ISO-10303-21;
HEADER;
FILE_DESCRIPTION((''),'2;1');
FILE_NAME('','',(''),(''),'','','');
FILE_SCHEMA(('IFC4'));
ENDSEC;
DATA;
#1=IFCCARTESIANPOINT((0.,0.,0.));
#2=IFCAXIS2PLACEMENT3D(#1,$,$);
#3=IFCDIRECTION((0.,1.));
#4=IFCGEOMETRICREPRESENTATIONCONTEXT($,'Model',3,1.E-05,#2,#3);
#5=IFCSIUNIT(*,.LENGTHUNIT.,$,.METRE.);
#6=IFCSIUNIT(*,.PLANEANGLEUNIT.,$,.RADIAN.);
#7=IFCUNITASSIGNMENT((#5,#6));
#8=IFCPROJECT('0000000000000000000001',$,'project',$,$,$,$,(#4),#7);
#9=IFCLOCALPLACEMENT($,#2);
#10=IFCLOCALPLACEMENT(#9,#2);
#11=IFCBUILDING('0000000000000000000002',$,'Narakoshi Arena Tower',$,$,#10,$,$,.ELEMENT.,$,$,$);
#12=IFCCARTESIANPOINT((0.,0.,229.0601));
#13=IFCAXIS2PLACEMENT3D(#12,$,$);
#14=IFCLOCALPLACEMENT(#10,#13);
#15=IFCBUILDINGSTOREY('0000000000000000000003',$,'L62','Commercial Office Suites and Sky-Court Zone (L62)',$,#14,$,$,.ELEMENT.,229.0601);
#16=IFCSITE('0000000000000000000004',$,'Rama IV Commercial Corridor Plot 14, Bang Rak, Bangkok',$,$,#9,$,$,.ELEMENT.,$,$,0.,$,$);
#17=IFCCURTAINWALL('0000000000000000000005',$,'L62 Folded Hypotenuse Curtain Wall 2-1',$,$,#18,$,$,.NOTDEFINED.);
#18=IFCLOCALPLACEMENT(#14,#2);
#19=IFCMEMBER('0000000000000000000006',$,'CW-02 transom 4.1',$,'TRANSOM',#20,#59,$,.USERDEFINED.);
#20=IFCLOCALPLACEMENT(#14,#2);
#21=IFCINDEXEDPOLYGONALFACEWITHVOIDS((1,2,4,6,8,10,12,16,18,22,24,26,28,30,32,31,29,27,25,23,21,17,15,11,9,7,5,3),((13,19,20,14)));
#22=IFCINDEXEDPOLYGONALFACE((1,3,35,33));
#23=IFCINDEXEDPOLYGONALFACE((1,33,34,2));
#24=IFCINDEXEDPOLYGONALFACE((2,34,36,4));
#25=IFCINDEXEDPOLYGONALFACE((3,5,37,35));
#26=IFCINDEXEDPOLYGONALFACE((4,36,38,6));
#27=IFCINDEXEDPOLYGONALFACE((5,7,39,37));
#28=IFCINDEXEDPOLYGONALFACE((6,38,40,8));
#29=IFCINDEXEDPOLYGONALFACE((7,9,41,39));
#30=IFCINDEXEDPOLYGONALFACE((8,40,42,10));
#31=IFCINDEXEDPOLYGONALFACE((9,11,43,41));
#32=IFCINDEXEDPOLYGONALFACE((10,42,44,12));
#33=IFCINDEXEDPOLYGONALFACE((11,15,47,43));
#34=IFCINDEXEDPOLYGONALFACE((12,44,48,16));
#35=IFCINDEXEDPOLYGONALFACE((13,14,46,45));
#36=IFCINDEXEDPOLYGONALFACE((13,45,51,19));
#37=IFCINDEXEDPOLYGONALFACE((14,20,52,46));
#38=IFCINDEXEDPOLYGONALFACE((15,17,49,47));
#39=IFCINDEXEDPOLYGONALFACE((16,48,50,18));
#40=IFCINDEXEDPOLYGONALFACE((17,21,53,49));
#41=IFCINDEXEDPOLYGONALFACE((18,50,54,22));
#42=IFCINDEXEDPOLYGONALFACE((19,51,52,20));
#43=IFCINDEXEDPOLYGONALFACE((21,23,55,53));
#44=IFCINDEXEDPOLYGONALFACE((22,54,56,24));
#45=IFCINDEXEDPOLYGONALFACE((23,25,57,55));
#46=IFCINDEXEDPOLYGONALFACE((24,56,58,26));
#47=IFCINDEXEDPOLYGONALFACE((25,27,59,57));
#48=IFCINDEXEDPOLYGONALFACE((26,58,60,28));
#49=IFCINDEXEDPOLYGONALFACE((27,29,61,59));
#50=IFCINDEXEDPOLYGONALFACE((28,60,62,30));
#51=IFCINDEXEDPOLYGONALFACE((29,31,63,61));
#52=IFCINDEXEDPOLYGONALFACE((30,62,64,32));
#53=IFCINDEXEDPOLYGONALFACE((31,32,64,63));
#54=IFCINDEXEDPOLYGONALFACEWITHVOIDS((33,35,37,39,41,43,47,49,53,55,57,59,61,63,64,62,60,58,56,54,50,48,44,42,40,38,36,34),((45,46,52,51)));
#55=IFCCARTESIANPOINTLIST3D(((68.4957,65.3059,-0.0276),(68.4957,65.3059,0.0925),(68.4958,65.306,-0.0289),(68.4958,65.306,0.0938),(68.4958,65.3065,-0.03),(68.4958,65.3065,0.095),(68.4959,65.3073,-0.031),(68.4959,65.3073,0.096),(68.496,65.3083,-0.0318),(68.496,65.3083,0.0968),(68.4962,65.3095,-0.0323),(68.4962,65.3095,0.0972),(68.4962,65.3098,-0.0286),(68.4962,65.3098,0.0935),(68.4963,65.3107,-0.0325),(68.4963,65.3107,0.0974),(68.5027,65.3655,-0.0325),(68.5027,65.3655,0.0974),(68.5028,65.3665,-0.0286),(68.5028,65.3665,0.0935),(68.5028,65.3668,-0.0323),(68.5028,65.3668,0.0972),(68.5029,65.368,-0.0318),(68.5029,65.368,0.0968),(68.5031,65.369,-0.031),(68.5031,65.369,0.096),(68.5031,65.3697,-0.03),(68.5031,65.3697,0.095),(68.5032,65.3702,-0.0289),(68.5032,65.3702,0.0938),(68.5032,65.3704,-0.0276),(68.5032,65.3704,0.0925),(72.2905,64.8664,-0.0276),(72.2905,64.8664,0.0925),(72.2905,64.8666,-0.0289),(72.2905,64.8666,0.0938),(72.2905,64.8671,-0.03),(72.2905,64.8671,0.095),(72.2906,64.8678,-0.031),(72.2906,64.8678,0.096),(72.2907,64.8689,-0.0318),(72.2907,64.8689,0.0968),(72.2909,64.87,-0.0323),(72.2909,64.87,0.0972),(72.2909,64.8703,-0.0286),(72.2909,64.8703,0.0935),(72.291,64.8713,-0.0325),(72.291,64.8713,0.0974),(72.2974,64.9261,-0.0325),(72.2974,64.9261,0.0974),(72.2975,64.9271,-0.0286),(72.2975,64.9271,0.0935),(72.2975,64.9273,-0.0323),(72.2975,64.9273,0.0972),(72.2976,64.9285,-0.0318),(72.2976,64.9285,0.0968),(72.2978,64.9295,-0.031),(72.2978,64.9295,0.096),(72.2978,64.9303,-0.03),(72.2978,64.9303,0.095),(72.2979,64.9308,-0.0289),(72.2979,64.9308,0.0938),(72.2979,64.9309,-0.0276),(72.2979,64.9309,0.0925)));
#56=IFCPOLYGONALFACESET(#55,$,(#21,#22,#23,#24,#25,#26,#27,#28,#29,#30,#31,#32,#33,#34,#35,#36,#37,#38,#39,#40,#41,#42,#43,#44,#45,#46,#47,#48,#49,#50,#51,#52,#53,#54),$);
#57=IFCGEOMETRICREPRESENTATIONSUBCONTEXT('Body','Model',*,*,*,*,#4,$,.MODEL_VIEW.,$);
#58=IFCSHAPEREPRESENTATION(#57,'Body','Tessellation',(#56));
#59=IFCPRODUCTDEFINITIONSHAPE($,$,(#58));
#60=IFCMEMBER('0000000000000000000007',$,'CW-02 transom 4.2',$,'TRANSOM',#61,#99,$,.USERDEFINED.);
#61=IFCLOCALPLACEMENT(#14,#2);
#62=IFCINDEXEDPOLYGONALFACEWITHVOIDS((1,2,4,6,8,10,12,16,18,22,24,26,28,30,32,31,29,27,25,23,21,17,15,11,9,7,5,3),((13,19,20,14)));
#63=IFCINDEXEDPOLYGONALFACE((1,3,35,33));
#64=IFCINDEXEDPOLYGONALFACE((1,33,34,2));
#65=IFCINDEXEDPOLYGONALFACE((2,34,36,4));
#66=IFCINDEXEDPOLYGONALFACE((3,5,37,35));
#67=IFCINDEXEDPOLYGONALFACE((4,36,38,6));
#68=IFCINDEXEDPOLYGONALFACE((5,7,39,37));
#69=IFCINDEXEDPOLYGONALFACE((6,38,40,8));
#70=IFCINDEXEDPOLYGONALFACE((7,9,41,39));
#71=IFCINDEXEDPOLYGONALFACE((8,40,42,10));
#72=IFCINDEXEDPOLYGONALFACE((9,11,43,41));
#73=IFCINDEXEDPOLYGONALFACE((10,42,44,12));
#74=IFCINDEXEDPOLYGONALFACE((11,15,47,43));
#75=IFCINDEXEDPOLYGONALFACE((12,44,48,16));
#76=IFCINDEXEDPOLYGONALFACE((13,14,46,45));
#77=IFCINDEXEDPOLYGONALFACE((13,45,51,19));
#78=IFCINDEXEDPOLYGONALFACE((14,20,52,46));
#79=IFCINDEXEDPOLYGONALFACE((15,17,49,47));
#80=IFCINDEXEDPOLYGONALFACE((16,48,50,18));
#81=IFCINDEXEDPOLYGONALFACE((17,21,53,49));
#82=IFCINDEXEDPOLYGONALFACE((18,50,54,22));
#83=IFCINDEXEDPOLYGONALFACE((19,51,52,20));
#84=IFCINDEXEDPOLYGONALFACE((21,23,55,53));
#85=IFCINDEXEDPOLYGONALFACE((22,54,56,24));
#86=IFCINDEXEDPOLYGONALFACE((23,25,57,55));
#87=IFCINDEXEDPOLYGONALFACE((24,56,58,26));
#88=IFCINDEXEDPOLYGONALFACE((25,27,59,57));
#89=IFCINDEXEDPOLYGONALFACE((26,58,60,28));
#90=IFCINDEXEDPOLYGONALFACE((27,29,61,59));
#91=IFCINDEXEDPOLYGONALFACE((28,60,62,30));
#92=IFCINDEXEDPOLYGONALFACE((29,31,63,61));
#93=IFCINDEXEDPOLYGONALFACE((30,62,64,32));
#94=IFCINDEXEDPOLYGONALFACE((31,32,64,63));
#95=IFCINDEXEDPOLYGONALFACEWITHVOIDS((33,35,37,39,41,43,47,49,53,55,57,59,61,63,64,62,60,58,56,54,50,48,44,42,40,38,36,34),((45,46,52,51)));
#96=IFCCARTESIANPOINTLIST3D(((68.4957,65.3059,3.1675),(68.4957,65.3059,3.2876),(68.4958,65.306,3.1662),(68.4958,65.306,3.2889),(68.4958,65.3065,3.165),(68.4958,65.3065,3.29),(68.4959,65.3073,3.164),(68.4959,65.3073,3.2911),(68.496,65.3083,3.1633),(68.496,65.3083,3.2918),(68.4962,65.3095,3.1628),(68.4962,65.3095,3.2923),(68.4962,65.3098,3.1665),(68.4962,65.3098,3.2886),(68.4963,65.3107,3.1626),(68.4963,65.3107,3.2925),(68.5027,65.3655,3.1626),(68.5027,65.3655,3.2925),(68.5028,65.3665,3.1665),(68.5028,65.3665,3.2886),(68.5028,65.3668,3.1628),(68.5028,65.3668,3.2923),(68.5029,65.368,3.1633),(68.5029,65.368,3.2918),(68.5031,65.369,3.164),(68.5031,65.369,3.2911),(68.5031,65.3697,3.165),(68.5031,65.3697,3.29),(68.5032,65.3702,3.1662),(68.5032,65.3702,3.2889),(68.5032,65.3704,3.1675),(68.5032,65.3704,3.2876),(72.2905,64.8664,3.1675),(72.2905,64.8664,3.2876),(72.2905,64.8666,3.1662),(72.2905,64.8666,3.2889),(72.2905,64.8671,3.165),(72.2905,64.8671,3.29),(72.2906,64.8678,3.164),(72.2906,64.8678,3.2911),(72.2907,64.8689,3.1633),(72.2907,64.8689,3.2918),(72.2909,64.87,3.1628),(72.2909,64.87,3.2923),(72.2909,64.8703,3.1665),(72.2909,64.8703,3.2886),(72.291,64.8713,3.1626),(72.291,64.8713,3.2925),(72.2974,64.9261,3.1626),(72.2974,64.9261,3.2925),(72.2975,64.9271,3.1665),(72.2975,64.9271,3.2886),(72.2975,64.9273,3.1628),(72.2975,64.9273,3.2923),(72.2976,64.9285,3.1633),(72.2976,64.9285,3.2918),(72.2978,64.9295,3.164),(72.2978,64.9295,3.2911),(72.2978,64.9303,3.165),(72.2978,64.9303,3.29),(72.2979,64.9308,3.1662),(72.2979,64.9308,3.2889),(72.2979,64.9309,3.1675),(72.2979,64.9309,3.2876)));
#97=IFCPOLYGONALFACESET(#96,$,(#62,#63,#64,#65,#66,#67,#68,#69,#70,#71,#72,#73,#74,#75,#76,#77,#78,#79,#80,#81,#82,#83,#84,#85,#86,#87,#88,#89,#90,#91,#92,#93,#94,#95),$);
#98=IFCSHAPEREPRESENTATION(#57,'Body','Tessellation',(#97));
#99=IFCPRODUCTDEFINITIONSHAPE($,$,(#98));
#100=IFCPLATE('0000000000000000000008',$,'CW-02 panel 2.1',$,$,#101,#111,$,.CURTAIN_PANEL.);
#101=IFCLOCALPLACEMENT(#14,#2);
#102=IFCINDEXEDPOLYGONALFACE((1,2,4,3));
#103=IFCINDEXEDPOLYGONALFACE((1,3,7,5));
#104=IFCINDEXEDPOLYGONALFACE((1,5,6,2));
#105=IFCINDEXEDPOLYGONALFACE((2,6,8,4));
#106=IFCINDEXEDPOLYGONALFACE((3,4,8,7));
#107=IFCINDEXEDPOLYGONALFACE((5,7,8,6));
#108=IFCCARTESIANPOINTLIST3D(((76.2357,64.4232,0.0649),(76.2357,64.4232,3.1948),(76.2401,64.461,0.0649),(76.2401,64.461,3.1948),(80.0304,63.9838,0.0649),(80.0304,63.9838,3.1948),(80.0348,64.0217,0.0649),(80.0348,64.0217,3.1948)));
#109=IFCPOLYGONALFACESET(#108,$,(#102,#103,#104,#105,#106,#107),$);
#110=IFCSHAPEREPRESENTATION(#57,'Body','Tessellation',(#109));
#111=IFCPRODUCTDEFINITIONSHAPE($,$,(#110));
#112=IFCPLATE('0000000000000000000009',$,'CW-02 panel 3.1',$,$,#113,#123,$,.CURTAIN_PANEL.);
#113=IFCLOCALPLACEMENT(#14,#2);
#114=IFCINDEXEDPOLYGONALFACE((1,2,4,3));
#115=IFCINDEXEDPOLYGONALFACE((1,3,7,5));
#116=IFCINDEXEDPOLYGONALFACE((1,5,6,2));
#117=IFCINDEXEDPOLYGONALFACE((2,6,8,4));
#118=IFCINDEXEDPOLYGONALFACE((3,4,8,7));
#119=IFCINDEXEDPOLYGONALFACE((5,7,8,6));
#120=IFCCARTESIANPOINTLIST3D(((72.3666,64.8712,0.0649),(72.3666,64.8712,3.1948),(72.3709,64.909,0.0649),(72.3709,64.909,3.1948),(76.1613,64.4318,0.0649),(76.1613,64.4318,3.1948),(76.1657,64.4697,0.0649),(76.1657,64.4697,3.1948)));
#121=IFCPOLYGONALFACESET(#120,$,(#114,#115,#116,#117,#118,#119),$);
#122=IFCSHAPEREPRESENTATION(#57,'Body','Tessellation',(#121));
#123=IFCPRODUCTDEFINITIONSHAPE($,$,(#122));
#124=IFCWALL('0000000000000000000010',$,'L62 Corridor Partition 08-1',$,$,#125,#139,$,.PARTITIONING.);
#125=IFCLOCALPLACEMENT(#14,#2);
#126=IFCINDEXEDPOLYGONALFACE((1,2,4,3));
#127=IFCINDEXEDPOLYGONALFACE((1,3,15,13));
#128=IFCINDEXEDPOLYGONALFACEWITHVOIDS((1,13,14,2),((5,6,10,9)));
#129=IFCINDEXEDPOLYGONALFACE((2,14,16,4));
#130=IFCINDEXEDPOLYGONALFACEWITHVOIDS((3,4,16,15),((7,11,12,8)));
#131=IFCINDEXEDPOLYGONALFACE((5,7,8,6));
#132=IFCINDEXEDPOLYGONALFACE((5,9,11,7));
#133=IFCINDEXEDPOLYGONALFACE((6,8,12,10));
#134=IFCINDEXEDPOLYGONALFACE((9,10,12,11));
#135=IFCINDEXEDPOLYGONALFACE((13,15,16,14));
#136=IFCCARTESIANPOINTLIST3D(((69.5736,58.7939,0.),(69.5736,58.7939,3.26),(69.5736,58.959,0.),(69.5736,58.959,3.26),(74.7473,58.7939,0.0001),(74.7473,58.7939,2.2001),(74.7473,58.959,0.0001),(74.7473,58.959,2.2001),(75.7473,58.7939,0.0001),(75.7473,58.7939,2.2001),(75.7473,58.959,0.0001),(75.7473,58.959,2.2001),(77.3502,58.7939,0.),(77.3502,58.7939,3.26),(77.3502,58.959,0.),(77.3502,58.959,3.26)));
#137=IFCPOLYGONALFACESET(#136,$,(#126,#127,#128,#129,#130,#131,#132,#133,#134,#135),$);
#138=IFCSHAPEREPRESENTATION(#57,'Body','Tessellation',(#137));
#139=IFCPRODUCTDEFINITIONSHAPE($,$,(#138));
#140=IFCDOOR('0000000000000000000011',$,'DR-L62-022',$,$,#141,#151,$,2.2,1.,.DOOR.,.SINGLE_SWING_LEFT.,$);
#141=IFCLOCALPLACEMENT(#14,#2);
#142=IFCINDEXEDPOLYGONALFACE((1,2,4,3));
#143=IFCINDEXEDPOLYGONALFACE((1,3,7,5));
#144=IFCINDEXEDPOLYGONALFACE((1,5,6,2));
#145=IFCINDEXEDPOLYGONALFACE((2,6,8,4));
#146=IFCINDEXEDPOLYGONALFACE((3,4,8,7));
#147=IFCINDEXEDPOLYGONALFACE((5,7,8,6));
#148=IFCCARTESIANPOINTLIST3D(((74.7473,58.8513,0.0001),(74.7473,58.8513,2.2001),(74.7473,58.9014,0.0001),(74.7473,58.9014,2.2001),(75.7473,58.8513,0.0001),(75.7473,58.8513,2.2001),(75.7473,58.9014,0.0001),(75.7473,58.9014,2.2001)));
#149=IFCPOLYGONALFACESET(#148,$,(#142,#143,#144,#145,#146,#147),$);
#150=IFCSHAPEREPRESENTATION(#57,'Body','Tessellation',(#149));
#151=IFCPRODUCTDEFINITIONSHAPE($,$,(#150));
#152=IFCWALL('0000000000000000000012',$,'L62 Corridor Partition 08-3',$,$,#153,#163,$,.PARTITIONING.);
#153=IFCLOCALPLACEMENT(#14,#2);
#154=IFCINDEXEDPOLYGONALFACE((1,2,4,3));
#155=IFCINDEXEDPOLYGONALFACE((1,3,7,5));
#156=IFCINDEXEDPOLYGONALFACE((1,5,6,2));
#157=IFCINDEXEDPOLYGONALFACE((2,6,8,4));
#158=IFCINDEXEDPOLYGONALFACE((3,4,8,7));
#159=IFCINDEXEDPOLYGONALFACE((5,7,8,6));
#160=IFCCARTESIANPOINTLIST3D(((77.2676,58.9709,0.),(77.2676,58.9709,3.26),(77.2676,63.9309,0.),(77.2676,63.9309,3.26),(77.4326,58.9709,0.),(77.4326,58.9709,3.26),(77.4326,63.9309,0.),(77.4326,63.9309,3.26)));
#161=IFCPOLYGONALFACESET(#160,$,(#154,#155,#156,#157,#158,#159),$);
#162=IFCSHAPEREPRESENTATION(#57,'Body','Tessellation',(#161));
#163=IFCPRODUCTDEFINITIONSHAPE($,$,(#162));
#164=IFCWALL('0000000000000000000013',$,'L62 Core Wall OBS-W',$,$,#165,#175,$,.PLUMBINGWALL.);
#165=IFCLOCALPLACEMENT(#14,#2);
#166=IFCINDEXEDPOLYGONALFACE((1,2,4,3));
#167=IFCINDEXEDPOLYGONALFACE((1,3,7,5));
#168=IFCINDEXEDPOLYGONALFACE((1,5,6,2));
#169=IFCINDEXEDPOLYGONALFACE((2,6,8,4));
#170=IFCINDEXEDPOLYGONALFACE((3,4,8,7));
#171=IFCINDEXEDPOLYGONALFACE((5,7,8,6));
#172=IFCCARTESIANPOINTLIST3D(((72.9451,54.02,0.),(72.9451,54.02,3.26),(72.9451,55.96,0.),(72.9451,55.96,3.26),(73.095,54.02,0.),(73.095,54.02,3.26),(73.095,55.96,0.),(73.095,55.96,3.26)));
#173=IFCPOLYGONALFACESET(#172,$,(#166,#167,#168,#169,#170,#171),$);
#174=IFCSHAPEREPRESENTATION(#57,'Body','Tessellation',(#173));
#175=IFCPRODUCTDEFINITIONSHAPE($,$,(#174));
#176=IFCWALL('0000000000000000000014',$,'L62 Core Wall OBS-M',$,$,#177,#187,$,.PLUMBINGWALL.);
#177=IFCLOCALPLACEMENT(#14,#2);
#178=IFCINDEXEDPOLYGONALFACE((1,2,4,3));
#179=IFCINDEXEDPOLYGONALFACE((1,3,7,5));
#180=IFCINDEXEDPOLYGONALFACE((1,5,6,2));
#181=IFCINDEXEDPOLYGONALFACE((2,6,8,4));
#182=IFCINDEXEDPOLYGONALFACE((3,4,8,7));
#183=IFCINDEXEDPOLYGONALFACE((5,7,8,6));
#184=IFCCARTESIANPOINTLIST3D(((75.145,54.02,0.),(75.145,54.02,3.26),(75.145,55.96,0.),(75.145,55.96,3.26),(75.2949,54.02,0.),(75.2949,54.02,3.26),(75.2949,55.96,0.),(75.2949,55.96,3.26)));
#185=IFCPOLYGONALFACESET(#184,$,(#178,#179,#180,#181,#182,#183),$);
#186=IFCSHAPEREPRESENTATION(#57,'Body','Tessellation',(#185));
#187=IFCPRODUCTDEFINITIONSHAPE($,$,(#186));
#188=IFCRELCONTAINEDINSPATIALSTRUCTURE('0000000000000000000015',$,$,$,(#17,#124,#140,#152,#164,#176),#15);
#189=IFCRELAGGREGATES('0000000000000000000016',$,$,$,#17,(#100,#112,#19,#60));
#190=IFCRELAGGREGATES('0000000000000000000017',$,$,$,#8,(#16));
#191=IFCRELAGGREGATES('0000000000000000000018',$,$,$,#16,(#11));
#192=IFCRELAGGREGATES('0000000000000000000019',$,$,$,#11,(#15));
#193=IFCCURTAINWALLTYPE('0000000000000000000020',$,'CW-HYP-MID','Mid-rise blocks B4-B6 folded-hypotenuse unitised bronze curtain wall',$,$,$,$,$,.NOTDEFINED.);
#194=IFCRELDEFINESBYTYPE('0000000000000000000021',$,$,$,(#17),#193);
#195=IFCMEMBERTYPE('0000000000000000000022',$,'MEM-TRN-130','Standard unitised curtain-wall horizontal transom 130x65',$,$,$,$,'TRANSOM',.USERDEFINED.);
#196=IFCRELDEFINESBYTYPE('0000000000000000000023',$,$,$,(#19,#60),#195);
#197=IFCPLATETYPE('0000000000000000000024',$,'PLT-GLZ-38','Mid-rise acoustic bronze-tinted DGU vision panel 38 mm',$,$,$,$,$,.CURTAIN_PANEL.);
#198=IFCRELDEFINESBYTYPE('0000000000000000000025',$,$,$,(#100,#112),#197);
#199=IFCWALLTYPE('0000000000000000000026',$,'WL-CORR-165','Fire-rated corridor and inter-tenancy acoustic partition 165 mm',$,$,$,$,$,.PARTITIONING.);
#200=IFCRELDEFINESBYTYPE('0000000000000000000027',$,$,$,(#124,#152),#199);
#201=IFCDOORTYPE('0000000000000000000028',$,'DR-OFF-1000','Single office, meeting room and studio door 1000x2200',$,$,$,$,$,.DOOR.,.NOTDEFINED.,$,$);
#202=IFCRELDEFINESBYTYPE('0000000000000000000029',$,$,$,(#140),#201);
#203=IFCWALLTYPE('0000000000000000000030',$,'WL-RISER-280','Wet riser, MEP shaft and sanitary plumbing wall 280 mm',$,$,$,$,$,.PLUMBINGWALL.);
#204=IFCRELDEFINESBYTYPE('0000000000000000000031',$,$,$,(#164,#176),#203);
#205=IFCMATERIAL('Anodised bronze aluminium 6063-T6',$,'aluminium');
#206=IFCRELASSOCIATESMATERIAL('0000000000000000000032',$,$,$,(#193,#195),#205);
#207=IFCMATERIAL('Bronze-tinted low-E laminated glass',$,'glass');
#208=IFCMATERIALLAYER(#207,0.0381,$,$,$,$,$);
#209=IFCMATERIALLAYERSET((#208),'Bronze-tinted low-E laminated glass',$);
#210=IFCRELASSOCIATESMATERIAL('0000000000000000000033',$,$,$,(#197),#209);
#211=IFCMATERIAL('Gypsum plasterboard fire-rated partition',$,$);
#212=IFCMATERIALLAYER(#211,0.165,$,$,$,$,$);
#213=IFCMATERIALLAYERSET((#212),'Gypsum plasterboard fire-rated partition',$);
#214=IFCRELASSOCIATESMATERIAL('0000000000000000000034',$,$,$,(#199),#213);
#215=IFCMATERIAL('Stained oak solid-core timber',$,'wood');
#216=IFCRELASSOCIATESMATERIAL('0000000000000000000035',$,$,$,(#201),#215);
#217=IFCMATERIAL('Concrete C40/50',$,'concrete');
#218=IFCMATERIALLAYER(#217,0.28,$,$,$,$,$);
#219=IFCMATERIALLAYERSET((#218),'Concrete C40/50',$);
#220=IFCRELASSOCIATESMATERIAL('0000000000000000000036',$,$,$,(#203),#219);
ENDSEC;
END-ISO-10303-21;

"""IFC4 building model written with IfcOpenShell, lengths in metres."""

from ifc_helpers import new_model, si_unit, direction, frame, frame_2d, origin, origin_2d, place, context, subcontext, project, spatial, rectangle, hollow_rectangle, extrude, material, layer, layer_set, material_profile, profile_set, type_object, element, fill, aggregate, save


model = new_model("IFC4")

# Units and contexts
model_context = context("Model", 3, precision=1e-05, world=origin(), true_north=direction((0.0, 1.0)))
body_context = subcontext(model_context, "Body", "Model", "MODEL_VIEW")
ifc_project = project(units=[si_unit("LENGTHUNIT", "METRE"), si_unit("PLANEANGLEUNIT", "RADIAN")], contexts=[model_context])

# Site, building, storey
site_placement = place(None, origin())
site = spatial("IfcSite", under=ifc_project, at=site_placement, Name="Rama IV Commercial Corridor Plot 14, Bang Rak, Bangkok", CompositionType="ELEMENT", RefElevation=0.0)
building_placement = place(site_placement, origin())
building = spatial("IfcBuilding", under=site, at=building_placement, Name="Narakoshi Arena Tower", CompositionType="ELEMENT")
storey_placement = place(building_placement, frame((0.0, 0.0, 229.0601)))
storey = spatial("IfcBuildingStorey", under=building, at=storey_placement, Name="L62", Description="Commercial Office Suites and Sky-Court Zone (L62)", CompositionType="ELEMENT", Elevation=229.0601)

# Curtain wall, members, plates
ifc_material_1 = material(Name="Anodised bronze aluminium 6063-T6", Category="aluminium")
curtain_wall_type = type_object("IfcCurtainWallType", Name="CW-HYP-MID", Description="Mid-rise blocks B4-B6 folded-hypotenuse unitised bronze curtain wall", PredefinedType="NOTDEFINED", material=ifc_material_1)
curtain_wall_placement = place(storey_placement, origin())
curtain_wall = element("IfcCurtainWall", 1, at=curtain_wall_placement, inside=storey, type_object=curtain_wall_type, Name="L62 Folded Hypotenuse Curtain Wall 2-1", PredefinedType="NOTDEFINED")
ifc_material_profile_1 = material_profile(ifc_material_1, hollow_rectangle(XDim=0.0649, YDim=0.1299, WallThickness=0.0039, OuterFilletRadius=0.0049, at=origin_2d()), Name="TRN130x65x4")
ifc_profile_set_1 = profile_set([ifc_material_profile_1], Name="Anodised bronze aluminium 6063-T6")
member_type_1 = type_object("IfcMemberType", Name="MEM-TRN-130", Description="Standard unitised curtain-wall horizontal transom 130x65", ElementType="TRANSOM", PredefinedType="USERDEFINED", material=ifc_profile_set_1)
member_1_placement = place(storey_placement, frame((72.2942, 64.8987, 0.0325), z_axis=(-0.993361, 0.115039, 0.0), x_axis=(-0.115039, -0.993361, 0.0)))
member_1 = element("IfcMember", 2, at=member_1_placement, type_object=member_type_1, Name="CW-02 transom 4.1", ObjectType="TRANSOM", PredefinedType="USERDEFINED", context=body_context, shape_type="SweptSolid", body=[
    extrude(hollow_rectangle(XDim=0.0649, YDim=0.1299, WallThickness=0.0039, OuterFilletRadius=0.0049, at=origin_2d()), origin(), (0.0, 0.0, 1.0), 3.8201),
])
member_2_placement = place(storey_placement, frame((72.2942, 64.8987, 3.2275), z_axis=(-0.993361, 0.115039, 0.0), x_axis=(-0.115039, -0.993361, 0.0)))
member_2 = element("IfcMember", 3, at=member_2_placement, type_object=member_type_1, Name="CW-02 transom 4.2", ObjectType="TRANSOM", PredefinedType="USERDEFINED", context=body_context, shape_type="SweptSolid", body=[
    extrude(hollow_rectangle(XDim=0.0649, YDim=0.1299, WallThickness=0.0039, OuterFilletRadius=0.0049, at=origin_2d()), origin(), (0.0, 0.0, 1.0), 3.8201),
])
ifc_material_2 = material(Name="Bronze-tinted low-E laminated glass", Category="glass")
ifc_layer_1 = layer(ifc_material_2, 0.0381)
ifc_layer_set_1 = layer_set([ifc_layer_1], Name="Bronze-tinted low-E laminated glass")
plate_type = type_object("IfcPlateType", Name="PLT-GLZ-38", Description="Mid-rise acoustic bronze-tinted DGU vision panel 38 mm", PredefinedType="CURTAIN_PANEL", material=ifc_layer_set_1)
plate_1_placement = place(storey_placement, frame((78.1353, 64.2224, 0.0649), z_axis=(0.0, 0.0, 1.0), x_axis=(-0.993364, 0.115011, 0.0)))
plate_1 = element("IfcPlate", 4, at=plate_1_placement, type_object=plate_type, Name="CW-02 panel 2.1", PredefinedType="CURTAIN_PANEL", context=body_context, shape_type="SweptSolid", body=[
    extrude(rectangle(XDim=3.8201, YDim=0.0381, at=origin_2d()), origin(), (0.0, 0.0, 1.0), 3.1299),
])
plate_2_placement = place(storey_placement, frame((74.2661, 64.6704, 0.0649), z_axis=(0.0, 0.0, 1.0), x_axis=(-0.993364, 0.115011, 0.0)))
plate_2 = element("IfcPlate", 5, at=plate_2_placement, type_object=plate_type, Name="CW-02 panel 3.1", PredefinedType="CURTAIN_PANEL", context=body_context, shape_type="SweptSolid", body=[
    extrude(rectangle(XDim=3.8201, YDim=0.0381, at=origin_2d()), origin(), (0.0, 0.0, 1.0), 3.1299),
])
aggregate(curtain_wall, [plate_1, plate_2, member_1, member_2])

# Wall, opening, door
ifc_material_3 = material(Name="Gypsum plasterboard fire-rated partition")
ifc_layer_2 = layer(ifc_material_3, 0.165)
ifc_layer_set_2 = layer_set([ifc_layer_2], Name="Gypsum plasterboard fire-rated partition")
wall_type_1 = type_object("IfcWallType", Name="WL-CORR-165", Description="Fire-rated corridor and inter-tenancy acoustic partition 165 mm", PredefinedType="PARTITIONING", material=ifc_layer_set_2)
wall_1_placement = place(storey_placement, frame((77.3501, 58.8765, 0.0), z_axis=(0.0, 0.0, 1.0), x_axis=(-1.0, 0.0, 0.0)))
wall_1 = element("IfcWall", 6, at=wall_1_placement, inside=storey, type_object=wall_type_1, Name="L62 Corridor Partition 08-1", PredefinedType="PARTITIONING", context=body_context, shape_type="SweptSolid", body=[
    extrude(rectangle(XDim=7.7766, YDim=0.165, at=frame_2d((3.8882, 0.0))), origin(), (0.0, 0.0, 1.0), 3.26),
])
opening_1_placement = place(wall_1_placement, frame((1.6028, 0.0, 0.0)))
opening_1 = element("IfcOpeningElement", 7, at=opening_1_placement, cuts=wall_1, PredefinedType="OPENING", context=body_context, shape_type="SweptSolid", body=[
    extrude(rectangle(XDim=1.0, YDim=2.2, at=frame_2d((0.5, 1.1001))), frame((0.0, 0.0925, 0.0), z_axis=(0.0, -1.0, 0.0), x_axis=(1.0, 0.0, 0.0)), (0.0, 0.0, 1.0), 0.1851),
])
ifc_material_4 = material(Name="Stained oak solid-core timber", Category="wood")
door_type_1 = type_object("IfcDoorType", Name="DR-OFF-1000", Description="Single office, meeting room and studio door 1000x2200", OperationType="NOTDEFINED", PredefinedType="DOOR", material=ifc_material_4)
door_1_placement = place(opening_1_placement, frame((1.0, 0.0, 0.0), z_axis=(0.0, 0.0, 1.0), x_axis=(-1.0, 0.0, 0.0)))
door_1 = element("IfcDoor", 8, at=door_1_placement, inside=storey, type_object=door_type_1, Name="DR-L62-022", OperationType="SINGLE_SWING_LEFT", OverallHeight=2.2, OverallWidth=1.0, PredefinedType="DOOR", context=body_context, shape_type="SweptSolid", body=[
    extrude(rectangle(XDim=1.0, YDim=2.2, at=frame_2d((0.5, 1.1001))), frame((0.0, 0.0249, 0.0), z_axis=(0.0, -1.0, 0.0), x_axis=(1.0, 0.0, 0.0)), (0.0, 0.0, 1.0), 0.05),
])
fill(opening_1, door_1)

# Walls
wall_2_placement = place(storey_placement, frame((77.3501, 63.9309, 0.0), z_axis=(0.0, 0.0, 1.0), x_axis=(0.0, -1.0, 0.0)))
element("IfcWall", 9, at=wall_2_placement, inside=storey, type_object=wall_type_1, Name="L62 Corridor Partition 08-3", PredefinedType="PARTITIONING", context=body_context, shape_type="SweptSolid", body=[
    extrude(rectangle(XDim=4.96, YDim=0.165, at=frame_2d((2.48, 0.0))), origin(), (0.0, 0.0, 1.0), 3.26),
])
ifc_material_5 = material(Name="Concrete C40/50", Category="concrete")
ifc_layer_3 = layer(ifc_material_5, 0.28)
ifc_layer_set_3 = layer_set([ifc_layer_3], Name="Concrete C40/50")
wall_type_2 = type_object("IfcWallType", Name="WL-RISER-280", Description="Wet riser, MEP shaft and sanitary plumbing wall 280 mm", PredefinedType="PLUMBINGWALL", material=ifc_layer_set_3)
for number, where, z_axis, x_axis, name in (
    (10, (73.02, 54.02, 0.0), (0.0, 0.0, 1.0), (0.0, 1.0, 0.0), "L62 Core Wall OBS-W"),
    (11, (75.22, 54.02, 0.0), (0.0, 0.0, 1.0), (0.0, 1.0, 0.0), "L62 Core Wall OBS-M"),
):
    element("IfcWall", number, at=place(storey_placement, frame(where, z_axis=z_axis, x_axis=x_axis)), inside=storey, type_object=wall_type_2, Name=name, PredefinedType="PLUMBINGWALL", context=body_context, shape_type="SweptSolid", body=[
        extrude(rectangle(XDim=1.9399, YDim=0.1499, at=frame_2d((0.97, 0.0))), origin(), (0.0, 0.0, 1.0), 3.26),
    ])

save(model, "model.ifc")
